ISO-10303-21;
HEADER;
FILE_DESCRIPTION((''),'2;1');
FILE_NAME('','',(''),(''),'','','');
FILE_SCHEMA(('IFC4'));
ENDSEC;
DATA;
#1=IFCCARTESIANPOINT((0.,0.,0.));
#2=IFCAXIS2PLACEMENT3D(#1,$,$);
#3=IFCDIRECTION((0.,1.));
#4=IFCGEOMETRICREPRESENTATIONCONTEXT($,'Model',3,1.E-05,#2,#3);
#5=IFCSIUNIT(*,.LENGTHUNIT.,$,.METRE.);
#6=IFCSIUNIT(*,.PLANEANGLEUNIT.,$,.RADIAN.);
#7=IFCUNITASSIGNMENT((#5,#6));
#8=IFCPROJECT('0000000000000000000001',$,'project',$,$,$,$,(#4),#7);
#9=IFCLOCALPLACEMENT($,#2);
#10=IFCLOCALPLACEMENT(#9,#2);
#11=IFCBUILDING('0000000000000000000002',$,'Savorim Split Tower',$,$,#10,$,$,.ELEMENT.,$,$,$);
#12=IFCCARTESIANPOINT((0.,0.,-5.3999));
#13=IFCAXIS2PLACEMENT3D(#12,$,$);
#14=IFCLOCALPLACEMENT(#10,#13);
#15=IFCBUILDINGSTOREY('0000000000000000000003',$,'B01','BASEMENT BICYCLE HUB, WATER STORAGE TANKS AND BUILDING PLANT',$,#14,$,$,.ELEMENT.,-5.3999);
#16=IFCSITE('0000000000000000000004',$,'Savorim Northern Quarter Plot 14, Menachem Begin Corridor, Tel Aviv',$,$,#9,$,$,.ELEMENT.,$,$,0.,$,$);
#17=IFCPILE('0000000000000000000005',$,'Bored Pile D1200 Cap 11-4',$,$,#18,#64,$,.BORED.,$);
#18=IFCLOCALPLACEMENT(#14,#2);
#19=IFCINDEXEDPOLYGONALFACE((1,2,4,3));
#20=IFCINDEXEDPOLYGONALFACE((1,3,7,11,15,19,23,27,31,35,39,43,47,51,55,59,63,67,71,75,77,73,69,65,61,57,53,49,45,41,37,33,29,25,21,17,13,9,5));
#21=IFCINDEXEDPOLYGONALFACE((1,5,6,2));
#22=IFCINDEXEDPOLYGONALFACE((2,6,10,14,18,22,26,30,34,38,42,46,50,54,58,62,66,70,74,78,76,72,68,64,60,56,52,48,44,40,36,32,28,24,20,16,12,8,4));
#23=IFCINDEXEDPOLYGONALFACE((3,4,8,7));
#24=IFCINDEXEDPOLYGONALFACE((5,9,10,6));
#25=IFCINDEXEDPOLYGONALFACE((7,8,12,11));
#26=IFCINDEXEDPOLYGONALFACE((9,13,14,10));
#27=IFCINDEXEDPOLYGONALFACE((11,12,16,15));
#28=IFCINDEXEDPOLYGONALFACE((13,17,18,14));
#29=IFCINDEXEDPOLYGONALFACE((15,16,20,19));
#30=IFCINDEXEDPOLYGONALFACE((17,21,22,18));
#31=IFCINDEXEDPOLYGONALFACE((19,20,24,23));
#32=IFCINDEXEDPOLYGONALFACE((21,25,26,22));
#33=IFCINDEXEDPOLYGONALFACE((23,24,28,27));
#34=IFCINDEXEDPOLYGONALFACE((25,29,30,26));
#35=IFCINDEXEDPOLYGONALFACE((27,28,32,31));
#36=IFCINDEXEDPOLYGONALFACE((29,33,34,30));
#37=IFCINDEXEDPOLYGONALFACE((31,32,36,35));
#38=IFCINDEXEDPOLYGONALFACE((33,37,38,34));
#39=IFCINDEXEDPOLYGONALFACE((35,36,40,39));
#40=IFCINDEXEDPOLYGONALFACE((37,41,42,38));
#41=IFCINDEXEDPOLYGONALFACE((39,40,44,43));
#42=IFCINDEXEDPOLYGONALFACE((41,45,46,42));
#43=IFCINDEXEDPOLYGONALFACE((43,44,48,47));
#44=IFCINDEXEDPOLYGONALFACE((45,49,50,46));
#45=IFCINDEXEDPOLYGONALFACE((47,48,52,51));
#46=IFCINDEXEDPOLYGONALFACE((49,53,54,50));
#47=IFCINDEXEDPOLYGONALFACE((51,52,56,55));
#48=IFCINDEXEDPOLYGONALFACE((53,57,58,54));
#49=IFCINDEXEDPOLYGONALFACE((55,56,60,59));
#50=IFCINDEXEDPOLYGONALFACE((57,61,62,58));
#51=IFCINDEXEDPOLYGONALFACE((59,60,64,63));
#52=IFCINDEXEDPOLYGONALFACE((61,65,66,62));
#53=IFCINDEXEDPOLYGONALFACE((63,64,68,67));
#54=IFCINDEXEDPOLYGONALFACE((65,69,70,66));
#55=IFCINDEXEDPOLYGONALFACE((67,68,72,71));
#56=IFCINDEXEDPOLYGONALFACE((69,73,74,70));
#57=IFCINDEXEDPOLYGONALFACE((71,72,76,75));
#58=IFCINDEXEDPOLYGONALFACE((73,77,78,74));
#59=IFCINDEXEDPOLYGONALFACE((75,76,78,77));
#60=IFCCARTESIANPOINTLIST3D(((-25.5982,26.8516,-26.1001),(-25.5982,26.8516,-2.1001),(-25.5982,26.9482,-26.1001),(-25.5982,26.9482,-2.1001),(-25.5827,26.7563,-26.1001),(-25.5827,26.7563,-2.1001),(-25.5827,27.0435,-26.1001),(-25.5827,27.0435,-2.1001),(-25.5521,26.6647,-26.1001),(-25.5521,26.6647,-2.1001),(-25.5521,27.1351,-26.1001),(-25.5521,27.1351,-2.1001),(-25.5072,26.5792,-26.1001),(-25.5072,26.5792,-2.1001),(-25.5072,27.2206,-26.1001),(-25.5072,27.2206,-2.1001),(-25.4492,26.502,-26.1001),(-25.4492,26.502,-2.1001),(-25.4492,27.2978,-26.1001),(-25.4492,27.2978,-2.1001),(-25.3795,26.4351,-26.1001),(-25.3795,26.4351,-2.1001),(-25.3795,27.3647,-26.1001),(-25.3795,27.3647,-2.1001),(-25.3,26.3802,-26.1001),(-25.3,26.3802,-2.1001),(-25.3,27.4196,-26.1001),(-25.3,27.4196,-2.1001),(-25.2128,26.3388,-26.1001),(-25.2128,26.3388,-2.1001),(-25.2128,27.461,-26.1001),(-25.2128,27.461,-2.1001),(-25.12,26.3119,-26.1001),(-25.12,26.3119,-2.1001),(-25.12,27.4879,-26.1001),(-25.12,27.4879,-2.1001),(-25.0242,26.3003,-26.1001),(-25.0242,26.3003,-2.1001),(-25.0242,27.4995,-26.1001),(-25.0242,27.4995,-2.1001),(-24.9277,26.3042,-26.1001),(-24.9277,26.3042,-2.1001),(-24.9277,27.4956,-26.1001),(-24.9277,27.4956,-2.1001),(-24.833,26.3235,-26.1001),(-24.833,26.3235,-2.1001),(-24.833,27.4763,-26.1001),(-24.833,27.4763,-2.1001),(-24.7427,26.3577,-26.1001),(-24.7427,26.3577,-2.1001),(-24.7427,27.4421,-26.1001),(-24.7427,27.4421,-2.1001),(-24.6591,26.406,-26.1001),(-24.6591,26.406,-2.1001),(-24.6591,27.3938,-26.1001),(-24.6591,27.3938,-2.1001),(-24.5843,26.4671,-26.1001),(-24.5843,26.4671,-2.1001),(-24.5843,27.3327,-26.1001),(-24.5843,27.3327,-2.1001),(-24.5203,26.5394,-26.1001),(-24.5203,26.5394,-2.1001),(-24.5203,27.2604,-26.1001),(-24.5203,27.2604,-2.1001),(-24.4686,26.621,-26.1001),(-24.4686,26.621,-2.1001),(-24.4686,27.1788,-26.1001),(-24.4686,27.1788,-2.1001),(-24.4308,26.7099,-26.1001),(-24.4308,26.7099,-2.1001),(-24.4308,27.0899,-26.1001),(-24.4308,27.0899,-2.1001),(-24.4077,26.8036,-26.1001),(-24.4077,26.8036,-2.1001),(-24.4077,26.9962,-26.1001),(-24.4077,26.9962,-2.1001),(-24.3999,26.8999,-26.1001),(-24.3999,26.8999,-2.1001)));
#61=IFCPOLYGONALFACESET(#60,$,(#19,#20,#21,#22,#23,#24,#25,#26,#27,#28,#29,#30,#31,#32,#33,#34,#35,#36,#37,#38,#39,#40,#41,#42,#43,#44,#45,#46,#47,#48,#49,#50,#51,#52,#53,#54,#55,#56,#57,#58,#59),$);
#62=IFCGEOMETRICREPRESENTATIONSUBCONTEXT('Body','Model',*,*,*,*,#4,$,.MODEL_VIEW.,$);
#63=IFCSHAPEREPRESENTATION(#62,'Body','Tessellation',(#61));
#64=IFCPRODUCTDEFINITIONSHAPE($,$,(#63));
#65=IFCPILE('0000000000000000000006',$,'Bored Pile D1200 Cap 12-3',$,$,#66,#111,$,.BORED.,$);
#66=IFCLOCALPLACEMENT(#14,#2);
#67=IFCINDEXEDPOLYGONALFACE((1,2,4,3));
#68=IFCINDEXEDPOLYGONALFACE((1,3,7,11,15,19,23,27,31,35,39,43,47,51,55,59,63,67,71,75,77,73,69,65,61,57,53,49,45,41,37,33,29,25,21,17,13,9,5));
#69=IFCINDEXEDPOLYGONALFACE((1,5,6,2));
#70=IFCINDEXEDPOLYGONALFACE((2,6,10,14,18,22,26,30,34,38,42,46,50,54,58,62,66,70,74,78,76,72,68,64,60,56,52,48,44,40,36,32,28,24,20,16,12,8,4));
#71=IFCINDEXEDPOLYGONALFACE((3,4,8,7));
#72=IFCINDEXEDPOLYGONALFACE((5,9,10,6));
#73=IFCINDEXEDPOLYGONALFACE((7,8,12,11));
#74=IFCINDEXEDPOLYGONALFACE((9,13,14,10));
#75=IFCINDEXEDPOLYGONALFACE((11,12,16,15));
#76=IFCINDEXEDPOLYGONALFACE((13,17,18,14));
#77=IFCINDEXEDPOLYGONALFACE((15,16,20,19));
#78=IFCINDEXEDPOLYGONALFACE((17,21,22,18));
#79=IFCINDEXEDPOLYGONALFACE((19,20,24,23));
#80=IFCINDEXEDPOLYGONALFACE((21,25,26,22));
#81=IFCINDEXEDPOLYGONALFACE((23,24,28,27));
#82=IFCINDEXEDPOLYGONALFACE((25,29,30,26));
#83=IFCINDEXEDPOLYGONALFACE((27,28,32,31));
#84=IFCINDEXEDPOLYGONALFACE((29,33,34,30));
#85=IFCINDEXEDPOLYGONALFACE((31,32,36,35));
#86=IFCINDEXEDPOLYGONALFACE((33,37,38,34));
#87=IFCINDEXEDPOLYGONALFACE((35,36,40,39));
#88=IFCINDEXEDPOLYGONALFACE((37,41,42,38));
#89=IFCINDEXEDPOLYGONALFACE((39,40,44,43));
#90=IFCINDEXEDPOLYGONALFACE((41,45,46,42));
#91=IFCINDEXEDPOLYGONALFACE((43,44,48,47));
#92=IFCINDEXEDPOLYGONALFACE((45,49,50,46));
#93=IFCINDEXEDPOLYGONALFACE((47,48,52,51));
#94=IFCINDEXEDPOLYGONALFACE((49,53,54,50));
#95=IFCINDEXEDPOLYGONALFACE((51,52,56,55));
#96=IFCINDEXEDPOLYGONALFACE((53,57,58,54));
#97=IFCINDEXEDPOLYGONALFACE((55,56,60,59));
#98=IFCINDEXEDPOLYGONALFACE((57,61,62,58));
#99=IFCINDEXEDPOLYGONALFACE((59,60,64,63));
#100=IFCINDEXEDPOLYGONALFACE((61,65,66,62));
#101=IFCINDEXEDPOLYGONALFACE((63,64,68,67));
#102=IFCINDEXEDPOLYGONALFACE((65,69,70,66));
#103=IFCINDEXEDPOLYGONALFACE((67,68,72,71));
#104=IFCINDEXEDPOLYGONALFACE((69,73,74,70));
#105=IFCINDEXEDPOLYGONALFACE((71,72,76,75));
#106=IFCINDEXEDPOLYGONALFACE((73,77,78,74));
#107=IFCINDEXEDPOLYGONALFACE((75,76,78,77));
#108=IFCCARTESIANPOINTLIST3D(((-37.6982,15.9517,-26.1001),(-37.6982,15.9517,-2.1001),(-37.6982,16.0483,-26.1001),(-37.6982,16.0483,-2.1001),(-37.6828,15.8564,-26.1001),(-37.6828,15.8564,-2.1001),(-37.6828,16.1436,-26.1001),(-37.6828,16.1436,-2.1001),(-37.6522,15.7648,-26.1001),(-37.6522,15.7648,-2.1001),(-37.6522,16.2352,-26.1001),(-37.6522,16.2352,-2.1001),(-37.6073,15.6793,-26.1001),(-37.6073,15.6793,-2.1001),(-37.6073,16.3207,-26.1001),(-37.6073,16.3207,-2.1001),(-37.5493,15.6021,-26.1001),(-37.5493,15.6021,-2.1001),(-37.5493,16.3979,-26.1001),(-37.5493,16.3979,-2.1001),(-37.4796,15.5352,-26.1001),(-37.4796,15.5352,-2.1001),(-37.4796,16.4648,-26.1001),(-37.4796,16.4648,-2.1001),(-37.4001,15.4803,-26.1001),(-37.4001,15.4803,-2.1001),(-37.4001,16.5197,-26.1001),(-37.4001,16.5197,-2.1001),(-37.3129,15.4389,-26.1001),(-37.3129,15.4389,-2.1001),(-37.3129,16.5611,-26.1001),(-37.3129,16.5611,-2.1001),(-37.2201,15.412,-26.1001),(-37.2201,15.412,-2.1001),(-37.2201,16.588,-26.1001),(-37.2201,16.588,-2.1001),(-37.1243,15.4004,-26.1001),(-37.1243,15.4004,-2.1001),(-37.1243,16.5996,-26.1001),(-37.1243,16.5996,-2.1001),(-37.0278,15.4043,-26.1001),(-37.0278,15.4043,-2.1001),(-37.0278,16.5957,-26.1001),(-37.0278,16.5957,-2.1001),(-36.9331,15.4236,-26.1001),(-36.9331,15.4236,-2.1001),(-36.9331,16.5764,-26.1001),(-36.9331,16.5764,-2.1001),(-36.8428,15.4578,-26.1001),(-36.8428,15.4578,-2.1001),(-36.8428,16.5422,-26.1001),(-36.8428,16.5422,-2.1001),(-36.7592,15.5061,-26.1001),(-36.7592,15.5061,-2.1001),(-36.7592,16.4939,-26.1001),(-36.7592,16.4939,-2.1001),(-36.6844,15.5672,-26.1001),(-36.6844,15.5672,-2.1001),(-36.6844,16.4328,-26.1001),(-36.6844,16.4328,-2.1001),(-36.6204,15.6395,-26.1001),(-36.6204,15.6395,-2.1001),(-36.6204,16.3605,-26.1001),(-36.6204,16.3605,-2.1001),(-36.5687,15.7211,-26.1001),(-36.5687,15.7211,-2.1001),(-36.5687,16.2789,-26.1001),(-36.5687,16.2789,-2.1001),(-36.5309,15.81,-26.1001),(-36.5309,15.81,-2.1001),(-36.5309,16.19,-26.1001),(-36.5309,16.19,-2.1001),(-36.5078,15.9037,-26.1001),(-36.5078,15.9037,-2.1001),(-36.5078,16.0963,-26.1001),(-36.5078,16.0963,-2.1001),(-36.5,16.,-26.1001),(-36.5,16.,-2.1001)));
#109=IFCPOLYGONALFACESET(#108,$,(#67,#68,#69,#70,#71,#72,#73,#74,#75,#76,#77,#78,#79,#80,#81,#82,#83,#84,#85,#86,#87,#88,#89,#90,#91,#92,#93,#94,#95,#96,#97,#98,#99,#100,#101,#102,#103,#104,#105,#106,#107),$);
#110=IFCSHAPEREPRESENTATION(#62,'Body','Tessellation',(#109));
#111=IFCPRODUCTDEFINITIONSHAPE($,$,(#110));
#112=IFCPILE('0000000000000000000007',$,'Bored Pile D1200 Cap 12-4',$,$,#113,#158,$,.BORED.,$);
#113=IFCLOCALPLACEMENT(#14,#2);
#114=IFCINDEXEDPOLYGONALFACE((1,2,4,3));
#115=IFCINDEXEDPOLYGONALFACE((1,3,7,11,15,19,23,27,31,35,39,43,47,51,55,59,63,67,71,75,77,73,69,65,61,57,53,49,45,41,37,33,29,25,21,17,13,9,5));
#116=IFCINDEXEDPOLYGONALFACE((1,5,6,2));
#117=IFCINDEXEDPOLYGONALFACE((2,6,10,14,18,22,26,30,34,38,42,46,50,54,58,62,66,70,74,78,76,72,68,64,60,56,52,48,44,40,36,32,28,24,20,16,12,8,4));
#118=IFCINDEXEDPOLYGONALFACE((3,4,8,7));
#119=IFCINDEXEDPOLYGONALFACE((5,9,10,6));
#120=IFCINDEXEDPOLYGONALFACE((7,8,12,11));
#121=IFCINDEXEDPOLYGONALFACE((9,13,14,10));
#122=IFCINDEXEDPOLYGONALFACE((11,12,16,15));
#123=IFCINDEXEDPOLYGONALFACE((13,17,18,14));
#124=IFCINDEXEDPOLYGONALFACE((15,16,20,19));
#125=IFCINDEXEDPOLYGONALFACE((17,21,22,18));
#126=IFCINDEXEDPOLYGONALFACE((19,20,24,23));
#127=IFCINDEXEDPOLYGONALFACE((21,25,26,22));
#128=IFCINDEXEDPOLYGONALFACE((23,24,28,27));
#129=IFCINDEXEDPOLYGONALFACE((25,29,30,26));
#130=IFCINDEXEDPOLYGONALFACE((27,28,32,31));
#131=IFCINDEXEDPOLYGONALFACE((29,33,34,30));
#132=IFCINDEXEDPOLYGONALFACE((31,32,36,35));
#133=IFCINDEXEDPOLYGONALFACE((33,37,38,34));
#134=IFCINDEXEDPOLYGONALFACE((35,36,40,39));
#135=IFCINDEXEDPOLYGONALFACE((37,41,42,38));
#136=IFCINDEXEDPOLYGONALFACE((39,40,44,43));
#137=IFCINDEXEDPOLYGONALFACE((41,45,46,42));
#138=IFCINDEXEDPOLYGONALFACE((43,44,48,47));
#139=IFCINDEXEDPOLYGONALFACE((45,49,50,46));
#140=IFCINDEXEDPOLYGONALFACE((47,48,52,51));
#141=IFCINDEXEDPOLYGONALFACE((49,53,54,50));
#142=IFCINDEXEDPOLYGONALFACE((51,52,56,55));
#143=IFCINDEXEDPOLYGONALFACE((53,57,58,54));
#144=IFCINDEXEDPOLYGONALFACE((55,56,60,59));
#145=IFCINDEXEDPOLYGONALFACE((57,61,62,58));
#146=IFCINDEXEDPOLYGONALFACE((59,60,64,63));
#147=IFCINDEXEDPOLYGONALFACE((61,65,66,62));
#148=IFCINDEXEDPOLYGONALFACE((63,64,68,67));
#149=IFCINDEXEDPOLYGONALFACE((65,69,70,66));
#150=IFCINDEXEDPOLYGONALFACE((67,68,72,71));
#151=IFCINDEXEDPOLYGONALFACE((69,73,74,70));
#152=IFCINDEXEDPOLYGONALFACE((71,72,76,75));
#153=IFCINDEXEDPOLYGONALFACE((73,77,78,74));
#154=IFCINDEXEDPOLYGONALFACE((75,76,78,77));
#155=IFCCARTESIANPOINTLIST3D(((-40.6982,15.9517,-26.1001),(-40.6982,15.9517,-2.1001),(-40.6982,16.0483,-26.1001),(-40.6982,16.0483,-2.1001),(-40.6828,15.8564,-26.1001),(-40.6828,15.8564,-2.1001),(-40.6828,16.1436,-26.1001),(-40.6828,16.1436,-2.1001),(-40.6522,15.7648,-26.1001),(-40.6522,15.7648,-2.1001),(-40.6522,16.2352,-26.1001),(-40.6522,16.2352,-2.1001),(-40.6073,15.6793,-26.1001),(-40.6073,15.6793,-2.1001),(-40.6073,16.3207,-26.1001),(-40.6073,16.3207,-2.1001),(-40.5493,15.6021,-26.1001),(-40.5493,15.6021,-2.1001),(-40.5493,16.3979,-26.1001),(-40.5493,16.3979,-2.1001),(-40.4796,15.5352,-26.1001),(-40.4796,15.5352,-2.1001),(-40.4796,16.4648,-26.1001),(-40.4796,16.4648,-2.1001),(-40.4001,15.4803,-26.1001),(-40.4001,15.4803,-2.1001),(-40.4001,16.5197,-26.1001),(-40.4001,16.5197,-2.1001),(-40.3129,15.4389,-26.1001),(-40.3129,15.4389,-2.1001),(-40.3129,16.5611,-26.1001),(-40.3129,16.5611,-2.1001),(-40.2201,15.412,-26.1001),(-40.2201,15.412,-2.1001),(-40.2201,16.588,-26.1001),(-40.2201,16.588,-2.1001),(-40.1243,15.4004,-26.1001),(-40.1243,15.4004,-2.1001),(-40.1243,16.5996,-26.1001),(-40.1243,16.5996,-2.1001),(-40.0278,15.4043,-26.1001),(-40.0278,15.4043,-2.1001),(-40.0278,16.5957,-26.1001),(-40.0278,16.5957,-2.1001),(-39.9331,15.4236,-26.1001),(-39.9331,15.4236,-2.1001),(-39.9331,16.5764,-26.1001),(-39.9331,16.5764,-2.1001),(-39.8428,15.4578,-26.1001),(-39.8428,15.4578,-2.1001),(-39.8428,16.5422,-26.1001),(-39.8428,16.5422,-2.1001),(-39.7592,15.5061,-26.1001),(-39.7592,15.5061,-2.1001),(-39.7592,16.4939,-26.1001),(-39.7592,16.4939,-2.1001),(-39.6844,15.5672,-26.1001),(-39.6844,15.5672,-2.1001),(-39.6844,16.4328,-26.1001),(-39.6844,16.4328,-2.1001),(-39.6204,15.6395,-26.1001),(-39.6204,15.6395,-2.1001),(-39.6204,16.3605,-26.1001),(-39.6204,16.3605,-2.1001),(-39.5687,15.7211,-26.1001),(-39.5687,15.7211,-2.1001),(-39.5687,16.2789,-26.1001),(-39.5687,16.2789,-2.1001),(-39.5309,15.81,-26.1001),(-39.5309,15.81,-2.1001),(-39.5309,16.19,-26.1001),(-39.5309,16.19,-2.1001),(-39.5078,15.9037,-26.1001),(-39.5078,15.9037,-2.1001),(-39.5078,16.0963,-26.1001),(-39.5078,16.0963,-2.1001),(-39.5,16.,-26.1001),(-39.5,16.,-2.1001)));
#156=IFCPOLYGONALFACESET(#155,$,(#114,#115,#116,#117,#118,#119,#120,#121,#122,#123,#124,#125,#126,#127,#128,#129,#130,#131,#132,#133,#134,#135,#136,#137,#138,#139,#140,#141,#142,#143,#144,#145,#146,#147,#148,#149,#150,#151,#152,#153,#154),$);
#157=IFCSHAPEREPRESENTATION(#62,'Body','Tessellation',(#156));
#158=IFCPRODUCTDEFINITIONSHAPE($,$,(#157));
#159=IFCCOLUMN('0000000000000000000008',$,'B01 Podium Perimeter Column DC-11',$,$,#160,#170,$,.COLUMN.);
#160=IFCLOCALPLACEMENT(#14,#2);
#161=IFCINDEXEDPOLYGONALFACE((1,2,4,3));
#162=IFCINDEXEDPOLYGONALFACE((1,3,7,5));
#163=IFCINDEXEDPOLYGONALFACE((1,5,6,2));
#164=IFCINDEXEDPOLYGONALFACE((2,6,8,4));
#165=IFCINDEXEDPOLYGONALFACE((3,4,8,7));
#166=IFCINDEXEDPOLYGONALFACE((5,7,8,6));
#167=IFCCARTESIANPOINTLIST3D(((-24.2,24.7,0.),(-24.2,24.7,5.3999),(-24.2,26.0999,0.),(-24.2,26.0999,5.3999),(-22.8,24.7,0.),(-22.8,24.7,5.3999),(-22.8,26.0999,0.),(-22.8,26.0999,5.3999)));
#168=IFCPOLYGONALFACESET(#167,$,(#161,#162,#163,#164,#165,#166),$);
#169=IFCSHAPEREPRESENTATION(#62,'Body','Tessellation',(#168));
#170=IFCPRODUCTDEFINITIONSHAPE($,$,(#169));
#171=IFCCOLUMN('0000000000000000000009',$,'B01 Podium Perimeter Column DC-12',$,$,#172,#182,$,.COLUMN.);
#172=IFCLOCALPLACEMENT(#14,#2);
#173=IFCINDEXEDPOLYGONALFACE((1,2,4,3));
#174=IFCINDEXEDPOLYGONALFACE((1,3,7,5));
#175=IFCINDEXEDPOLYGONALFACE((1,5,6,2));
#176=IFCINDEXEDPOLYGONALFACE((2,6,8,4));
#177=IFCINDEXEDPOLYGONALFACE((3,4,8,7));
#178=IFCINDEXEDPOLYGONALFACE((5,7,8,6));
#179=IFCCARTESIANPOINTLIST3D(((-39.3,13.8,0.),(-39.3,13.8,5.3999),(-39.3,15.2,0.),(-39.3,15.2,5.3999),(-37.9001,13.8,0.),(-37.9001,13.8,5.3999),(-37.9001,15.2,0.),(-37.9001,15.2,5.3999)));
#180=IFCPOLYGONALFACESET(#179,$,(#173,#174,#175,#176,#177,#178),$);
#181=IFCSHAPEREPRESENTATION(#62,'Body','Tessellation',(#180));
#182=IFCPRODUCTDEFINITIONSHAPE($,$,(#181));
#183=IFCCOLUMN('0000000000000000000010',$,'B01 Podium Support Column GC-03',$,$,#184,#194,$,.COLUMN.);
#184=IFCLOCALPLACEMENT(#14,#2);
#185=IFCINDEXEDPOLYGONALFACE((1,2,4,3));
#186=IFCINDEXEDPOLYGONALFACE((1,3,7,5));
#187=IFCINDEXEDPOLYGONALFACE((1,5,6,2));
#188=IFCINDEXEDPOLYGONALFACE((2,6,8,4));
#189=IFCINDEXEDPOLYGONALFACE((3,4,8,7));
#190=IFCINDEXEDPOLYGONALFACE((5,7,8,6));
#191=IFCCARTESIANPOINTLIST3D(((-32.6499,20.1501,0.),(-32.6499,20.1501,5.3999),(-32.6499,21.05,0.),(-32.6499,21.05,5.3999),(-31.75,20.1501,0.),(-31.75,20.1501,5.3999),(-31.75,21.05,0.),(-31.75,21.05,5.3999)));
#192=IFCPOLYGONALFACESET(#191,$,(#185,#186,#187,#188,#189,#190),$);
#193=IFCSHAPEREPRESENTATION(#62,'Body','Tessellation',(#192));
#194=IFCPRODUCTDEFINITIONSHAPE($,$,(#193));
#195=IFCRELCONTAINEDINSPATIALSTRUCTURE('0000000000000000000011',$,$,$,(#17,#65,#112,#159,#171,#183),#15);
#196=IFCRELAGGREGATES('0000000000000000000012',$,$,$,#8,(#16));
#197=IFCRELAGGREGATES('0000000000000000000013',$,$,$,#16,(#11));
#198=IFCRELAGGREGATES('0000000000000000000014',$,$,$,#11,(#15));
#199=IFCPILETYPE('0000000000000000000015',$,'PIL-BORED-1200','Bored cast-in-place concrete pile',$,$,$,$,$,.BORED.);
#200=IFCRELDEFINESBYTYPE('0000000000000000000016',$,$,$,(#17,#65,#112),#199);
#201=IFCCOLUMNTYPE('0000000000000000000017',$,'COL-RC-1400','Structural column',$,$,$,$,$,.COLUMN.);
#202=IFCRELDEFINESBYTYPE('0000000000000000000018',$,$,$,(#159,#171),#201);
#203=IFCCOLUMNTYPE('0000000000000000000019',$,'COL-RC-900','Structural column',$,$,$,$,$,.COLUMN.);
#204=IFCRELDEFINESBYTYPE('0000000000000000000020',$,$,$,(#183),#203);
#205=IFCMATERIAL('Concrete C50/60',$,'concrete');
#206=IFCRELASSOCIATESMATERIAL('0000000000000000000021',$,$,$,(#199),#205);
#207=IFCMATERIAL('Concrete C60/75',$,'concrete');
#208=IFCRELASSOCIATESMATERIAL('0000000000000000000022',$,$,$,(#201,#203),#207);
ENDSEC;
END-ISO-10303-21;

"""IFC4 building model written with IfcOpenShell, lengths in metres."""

from ifc_helpers import new_model, si_unit, direction, frame, origin, origin_2d, place, context, subcontext, project, spatial, rectangle, circle, extrude, material, material_profile, profile_set, type_object, element, save


model = new_model("IFC4")

# Units and contexts
model_context = context("Model", 3, precision=1e-05, world=origin(), true_north=direction((0.0, 1.0)))
body_context = subcontext(model_context, "Body", "Model", "MODEL_VIEW")
ifc_project = project(units=[si_unit("LENGTHUNIT", "METRE"), si_unit("PLANEANGLEUNIT", "RADIAN")], contexts=[model_context])

# Site, building, storey
site_placement = place(None, origin())
site = spatial("IfcSite", under=ifc_project, at=site_placement, Name="Savorim Northern Quarter Plot 14, Menachem Begin Corridor, Tel Aviv", CompositionType="ELEMENT", RefElevation=0.0)
building_placement = place(site_placement, origin())
building = spatial("IfcBuilding", under=site, at=building_placement, Name="Savorim Split Tower", CompositionType="ELEMENT")
storey_placement = place(building_placement, frame((0.0, 0.0, -5.3999)))
storey = spatial("IfcBuildingStorey", under=building, at=storey_placement, Name="B01", Description="BASEMENT BICYCLE HUB, WATER STORAGE TANKS AND BUILDING PLANT", CompositionType="ELEMENT", Elevation=-5.3999)

# Shared definitions
ifc_material_1 = material(Name="Concrete C50/60", Category="concrete")

# Piles
ifc_material_profile_1 = material_profile(ifc_material_1, circle(Radius=0.6001, at=origin_2d()), Name="PILE D1200")
ifc_profile_set_1 = profile_set([ifc_material_profile_1], Name="Concrete C50/60")
pile_type = type_object("IfcPileType", Name="PIL-BORED-1200", Description="Bored cast-in-place concrete pile", PredefinedType="BORED", material=ifc_profile_set_1)
for number, where, z_axis, x_axis, name in (
    (1, (-25.0, 26.8999, -2.1001), (0.0, 0.0, -1.0), (1.0, 0.0, 0.0), "Bored Pile D1200 Cap 11-4"),
    (2, (-37.1001, 16.0, -2.1001), (0.0, 0.0, -1.0), (1.0, 0.0, 0.0), "Bored Pile D1200 Cap 12-3"),
    (3, (-40.1001, 16.0, -2.1001), (0.0, 0.0, -1.0), (1.0, 0.0, 0.0), "Bored Pile D1200 Cap 12-4"),
):
    element("IfcPile", number, at=place(storey_placement, frame(where, z_axis=z_axis, x_axis=x_axis)), inside=storey, type_object=pile_type, Name=name, PredefinedType="BORED", context=body_context, shape_type="SweptSolid", body=[
        extrude(circle(Radius=0.6001, at=origin_2d()), origin(), (0.0, 0.0, 1.0), 24.0),
    ])

# Columns
ifc_material_2 = material(Name="Concrete C60/75", Category="concrete")
ifc_material_profile_2 = material_profile(ifc_material_2, rectangle(XDim=1.3999, YDim=1.3999, at=origin_2d()), Name="RC 1400x1400")
ifc_profile_set_2 = profile_set([ifc_material_profile_2], Name="Concrete C60/75")
column_type_1 = type_object("IfcColumnType", Name="COL-RC-1400", Description="Structural column", PredefinedType="COLUMN", material=ifc_profile_set_2)
for number, where, z_axis, x_axis, name in (
    (4, (-23.5, 25.3999, 0.0), (0.0, 0.0, 1.0), (1.0, 0.0, 0.0), "B01 Podium Perimeter Column DC-11"),
    (5, (-38.6001, 14.5, 0.0), (0.0, 0.0, 1.0), (1.0, 0.0, 0.0), "B01 Podium Perimeter Column DC-12"),
):
    element("IfcColumn", number, at=place(storey_placement, frame(where, z_axis=z_axis, x_axis=x_axis)), inside=storey, type_object=column_type_1, Name=name, PredefinedType="COLUMN", context=body_context, shape_type="SweptSolid", body=[
        extrude(rectangle(XDim=1.3999, YDim=1.3999, at=origin_2d()), origin(), (0.0, 0.0, 1.0), 5.3999),
    ])
ifc_material_profile_3 = material_profile(ifc_material_2, rectangle(XDim=0.8999, YDim=0.8999, at=origin_2d()), Name="RC 900x900")
ifc_profile_set_3 = profile_set([ifc_material_profile_3], Name="Concrete C60/75")
column_type_2 = type_object("IfcColumnType", Name="COL-RC-900", Description="Structural column", PredefinedType="COLUMN", material=ifc_profile_set_3)
column_placement = place(storey_placement, frame((-32.2, 20.6001, 0.0), z_axis=(0.0, 0.0, 1.0), x_axis=(1.0, 0.0, 0.0)))
element("IfcColumn", 6, at=column_placement, inside=storey, type_object=column_type_2, Name="B01 Podium Support Column GC-03", PredefinedType="COLUMN", context=body_context, shape_type="SweptSolid", body=[
    extrude(rectangle(XDim=0.8999, YDim=0.8999, at=origin_2d()), origin(), (0.0, 0.0, 1.0), 5.3999),
])

save(model, "model.ifc")
